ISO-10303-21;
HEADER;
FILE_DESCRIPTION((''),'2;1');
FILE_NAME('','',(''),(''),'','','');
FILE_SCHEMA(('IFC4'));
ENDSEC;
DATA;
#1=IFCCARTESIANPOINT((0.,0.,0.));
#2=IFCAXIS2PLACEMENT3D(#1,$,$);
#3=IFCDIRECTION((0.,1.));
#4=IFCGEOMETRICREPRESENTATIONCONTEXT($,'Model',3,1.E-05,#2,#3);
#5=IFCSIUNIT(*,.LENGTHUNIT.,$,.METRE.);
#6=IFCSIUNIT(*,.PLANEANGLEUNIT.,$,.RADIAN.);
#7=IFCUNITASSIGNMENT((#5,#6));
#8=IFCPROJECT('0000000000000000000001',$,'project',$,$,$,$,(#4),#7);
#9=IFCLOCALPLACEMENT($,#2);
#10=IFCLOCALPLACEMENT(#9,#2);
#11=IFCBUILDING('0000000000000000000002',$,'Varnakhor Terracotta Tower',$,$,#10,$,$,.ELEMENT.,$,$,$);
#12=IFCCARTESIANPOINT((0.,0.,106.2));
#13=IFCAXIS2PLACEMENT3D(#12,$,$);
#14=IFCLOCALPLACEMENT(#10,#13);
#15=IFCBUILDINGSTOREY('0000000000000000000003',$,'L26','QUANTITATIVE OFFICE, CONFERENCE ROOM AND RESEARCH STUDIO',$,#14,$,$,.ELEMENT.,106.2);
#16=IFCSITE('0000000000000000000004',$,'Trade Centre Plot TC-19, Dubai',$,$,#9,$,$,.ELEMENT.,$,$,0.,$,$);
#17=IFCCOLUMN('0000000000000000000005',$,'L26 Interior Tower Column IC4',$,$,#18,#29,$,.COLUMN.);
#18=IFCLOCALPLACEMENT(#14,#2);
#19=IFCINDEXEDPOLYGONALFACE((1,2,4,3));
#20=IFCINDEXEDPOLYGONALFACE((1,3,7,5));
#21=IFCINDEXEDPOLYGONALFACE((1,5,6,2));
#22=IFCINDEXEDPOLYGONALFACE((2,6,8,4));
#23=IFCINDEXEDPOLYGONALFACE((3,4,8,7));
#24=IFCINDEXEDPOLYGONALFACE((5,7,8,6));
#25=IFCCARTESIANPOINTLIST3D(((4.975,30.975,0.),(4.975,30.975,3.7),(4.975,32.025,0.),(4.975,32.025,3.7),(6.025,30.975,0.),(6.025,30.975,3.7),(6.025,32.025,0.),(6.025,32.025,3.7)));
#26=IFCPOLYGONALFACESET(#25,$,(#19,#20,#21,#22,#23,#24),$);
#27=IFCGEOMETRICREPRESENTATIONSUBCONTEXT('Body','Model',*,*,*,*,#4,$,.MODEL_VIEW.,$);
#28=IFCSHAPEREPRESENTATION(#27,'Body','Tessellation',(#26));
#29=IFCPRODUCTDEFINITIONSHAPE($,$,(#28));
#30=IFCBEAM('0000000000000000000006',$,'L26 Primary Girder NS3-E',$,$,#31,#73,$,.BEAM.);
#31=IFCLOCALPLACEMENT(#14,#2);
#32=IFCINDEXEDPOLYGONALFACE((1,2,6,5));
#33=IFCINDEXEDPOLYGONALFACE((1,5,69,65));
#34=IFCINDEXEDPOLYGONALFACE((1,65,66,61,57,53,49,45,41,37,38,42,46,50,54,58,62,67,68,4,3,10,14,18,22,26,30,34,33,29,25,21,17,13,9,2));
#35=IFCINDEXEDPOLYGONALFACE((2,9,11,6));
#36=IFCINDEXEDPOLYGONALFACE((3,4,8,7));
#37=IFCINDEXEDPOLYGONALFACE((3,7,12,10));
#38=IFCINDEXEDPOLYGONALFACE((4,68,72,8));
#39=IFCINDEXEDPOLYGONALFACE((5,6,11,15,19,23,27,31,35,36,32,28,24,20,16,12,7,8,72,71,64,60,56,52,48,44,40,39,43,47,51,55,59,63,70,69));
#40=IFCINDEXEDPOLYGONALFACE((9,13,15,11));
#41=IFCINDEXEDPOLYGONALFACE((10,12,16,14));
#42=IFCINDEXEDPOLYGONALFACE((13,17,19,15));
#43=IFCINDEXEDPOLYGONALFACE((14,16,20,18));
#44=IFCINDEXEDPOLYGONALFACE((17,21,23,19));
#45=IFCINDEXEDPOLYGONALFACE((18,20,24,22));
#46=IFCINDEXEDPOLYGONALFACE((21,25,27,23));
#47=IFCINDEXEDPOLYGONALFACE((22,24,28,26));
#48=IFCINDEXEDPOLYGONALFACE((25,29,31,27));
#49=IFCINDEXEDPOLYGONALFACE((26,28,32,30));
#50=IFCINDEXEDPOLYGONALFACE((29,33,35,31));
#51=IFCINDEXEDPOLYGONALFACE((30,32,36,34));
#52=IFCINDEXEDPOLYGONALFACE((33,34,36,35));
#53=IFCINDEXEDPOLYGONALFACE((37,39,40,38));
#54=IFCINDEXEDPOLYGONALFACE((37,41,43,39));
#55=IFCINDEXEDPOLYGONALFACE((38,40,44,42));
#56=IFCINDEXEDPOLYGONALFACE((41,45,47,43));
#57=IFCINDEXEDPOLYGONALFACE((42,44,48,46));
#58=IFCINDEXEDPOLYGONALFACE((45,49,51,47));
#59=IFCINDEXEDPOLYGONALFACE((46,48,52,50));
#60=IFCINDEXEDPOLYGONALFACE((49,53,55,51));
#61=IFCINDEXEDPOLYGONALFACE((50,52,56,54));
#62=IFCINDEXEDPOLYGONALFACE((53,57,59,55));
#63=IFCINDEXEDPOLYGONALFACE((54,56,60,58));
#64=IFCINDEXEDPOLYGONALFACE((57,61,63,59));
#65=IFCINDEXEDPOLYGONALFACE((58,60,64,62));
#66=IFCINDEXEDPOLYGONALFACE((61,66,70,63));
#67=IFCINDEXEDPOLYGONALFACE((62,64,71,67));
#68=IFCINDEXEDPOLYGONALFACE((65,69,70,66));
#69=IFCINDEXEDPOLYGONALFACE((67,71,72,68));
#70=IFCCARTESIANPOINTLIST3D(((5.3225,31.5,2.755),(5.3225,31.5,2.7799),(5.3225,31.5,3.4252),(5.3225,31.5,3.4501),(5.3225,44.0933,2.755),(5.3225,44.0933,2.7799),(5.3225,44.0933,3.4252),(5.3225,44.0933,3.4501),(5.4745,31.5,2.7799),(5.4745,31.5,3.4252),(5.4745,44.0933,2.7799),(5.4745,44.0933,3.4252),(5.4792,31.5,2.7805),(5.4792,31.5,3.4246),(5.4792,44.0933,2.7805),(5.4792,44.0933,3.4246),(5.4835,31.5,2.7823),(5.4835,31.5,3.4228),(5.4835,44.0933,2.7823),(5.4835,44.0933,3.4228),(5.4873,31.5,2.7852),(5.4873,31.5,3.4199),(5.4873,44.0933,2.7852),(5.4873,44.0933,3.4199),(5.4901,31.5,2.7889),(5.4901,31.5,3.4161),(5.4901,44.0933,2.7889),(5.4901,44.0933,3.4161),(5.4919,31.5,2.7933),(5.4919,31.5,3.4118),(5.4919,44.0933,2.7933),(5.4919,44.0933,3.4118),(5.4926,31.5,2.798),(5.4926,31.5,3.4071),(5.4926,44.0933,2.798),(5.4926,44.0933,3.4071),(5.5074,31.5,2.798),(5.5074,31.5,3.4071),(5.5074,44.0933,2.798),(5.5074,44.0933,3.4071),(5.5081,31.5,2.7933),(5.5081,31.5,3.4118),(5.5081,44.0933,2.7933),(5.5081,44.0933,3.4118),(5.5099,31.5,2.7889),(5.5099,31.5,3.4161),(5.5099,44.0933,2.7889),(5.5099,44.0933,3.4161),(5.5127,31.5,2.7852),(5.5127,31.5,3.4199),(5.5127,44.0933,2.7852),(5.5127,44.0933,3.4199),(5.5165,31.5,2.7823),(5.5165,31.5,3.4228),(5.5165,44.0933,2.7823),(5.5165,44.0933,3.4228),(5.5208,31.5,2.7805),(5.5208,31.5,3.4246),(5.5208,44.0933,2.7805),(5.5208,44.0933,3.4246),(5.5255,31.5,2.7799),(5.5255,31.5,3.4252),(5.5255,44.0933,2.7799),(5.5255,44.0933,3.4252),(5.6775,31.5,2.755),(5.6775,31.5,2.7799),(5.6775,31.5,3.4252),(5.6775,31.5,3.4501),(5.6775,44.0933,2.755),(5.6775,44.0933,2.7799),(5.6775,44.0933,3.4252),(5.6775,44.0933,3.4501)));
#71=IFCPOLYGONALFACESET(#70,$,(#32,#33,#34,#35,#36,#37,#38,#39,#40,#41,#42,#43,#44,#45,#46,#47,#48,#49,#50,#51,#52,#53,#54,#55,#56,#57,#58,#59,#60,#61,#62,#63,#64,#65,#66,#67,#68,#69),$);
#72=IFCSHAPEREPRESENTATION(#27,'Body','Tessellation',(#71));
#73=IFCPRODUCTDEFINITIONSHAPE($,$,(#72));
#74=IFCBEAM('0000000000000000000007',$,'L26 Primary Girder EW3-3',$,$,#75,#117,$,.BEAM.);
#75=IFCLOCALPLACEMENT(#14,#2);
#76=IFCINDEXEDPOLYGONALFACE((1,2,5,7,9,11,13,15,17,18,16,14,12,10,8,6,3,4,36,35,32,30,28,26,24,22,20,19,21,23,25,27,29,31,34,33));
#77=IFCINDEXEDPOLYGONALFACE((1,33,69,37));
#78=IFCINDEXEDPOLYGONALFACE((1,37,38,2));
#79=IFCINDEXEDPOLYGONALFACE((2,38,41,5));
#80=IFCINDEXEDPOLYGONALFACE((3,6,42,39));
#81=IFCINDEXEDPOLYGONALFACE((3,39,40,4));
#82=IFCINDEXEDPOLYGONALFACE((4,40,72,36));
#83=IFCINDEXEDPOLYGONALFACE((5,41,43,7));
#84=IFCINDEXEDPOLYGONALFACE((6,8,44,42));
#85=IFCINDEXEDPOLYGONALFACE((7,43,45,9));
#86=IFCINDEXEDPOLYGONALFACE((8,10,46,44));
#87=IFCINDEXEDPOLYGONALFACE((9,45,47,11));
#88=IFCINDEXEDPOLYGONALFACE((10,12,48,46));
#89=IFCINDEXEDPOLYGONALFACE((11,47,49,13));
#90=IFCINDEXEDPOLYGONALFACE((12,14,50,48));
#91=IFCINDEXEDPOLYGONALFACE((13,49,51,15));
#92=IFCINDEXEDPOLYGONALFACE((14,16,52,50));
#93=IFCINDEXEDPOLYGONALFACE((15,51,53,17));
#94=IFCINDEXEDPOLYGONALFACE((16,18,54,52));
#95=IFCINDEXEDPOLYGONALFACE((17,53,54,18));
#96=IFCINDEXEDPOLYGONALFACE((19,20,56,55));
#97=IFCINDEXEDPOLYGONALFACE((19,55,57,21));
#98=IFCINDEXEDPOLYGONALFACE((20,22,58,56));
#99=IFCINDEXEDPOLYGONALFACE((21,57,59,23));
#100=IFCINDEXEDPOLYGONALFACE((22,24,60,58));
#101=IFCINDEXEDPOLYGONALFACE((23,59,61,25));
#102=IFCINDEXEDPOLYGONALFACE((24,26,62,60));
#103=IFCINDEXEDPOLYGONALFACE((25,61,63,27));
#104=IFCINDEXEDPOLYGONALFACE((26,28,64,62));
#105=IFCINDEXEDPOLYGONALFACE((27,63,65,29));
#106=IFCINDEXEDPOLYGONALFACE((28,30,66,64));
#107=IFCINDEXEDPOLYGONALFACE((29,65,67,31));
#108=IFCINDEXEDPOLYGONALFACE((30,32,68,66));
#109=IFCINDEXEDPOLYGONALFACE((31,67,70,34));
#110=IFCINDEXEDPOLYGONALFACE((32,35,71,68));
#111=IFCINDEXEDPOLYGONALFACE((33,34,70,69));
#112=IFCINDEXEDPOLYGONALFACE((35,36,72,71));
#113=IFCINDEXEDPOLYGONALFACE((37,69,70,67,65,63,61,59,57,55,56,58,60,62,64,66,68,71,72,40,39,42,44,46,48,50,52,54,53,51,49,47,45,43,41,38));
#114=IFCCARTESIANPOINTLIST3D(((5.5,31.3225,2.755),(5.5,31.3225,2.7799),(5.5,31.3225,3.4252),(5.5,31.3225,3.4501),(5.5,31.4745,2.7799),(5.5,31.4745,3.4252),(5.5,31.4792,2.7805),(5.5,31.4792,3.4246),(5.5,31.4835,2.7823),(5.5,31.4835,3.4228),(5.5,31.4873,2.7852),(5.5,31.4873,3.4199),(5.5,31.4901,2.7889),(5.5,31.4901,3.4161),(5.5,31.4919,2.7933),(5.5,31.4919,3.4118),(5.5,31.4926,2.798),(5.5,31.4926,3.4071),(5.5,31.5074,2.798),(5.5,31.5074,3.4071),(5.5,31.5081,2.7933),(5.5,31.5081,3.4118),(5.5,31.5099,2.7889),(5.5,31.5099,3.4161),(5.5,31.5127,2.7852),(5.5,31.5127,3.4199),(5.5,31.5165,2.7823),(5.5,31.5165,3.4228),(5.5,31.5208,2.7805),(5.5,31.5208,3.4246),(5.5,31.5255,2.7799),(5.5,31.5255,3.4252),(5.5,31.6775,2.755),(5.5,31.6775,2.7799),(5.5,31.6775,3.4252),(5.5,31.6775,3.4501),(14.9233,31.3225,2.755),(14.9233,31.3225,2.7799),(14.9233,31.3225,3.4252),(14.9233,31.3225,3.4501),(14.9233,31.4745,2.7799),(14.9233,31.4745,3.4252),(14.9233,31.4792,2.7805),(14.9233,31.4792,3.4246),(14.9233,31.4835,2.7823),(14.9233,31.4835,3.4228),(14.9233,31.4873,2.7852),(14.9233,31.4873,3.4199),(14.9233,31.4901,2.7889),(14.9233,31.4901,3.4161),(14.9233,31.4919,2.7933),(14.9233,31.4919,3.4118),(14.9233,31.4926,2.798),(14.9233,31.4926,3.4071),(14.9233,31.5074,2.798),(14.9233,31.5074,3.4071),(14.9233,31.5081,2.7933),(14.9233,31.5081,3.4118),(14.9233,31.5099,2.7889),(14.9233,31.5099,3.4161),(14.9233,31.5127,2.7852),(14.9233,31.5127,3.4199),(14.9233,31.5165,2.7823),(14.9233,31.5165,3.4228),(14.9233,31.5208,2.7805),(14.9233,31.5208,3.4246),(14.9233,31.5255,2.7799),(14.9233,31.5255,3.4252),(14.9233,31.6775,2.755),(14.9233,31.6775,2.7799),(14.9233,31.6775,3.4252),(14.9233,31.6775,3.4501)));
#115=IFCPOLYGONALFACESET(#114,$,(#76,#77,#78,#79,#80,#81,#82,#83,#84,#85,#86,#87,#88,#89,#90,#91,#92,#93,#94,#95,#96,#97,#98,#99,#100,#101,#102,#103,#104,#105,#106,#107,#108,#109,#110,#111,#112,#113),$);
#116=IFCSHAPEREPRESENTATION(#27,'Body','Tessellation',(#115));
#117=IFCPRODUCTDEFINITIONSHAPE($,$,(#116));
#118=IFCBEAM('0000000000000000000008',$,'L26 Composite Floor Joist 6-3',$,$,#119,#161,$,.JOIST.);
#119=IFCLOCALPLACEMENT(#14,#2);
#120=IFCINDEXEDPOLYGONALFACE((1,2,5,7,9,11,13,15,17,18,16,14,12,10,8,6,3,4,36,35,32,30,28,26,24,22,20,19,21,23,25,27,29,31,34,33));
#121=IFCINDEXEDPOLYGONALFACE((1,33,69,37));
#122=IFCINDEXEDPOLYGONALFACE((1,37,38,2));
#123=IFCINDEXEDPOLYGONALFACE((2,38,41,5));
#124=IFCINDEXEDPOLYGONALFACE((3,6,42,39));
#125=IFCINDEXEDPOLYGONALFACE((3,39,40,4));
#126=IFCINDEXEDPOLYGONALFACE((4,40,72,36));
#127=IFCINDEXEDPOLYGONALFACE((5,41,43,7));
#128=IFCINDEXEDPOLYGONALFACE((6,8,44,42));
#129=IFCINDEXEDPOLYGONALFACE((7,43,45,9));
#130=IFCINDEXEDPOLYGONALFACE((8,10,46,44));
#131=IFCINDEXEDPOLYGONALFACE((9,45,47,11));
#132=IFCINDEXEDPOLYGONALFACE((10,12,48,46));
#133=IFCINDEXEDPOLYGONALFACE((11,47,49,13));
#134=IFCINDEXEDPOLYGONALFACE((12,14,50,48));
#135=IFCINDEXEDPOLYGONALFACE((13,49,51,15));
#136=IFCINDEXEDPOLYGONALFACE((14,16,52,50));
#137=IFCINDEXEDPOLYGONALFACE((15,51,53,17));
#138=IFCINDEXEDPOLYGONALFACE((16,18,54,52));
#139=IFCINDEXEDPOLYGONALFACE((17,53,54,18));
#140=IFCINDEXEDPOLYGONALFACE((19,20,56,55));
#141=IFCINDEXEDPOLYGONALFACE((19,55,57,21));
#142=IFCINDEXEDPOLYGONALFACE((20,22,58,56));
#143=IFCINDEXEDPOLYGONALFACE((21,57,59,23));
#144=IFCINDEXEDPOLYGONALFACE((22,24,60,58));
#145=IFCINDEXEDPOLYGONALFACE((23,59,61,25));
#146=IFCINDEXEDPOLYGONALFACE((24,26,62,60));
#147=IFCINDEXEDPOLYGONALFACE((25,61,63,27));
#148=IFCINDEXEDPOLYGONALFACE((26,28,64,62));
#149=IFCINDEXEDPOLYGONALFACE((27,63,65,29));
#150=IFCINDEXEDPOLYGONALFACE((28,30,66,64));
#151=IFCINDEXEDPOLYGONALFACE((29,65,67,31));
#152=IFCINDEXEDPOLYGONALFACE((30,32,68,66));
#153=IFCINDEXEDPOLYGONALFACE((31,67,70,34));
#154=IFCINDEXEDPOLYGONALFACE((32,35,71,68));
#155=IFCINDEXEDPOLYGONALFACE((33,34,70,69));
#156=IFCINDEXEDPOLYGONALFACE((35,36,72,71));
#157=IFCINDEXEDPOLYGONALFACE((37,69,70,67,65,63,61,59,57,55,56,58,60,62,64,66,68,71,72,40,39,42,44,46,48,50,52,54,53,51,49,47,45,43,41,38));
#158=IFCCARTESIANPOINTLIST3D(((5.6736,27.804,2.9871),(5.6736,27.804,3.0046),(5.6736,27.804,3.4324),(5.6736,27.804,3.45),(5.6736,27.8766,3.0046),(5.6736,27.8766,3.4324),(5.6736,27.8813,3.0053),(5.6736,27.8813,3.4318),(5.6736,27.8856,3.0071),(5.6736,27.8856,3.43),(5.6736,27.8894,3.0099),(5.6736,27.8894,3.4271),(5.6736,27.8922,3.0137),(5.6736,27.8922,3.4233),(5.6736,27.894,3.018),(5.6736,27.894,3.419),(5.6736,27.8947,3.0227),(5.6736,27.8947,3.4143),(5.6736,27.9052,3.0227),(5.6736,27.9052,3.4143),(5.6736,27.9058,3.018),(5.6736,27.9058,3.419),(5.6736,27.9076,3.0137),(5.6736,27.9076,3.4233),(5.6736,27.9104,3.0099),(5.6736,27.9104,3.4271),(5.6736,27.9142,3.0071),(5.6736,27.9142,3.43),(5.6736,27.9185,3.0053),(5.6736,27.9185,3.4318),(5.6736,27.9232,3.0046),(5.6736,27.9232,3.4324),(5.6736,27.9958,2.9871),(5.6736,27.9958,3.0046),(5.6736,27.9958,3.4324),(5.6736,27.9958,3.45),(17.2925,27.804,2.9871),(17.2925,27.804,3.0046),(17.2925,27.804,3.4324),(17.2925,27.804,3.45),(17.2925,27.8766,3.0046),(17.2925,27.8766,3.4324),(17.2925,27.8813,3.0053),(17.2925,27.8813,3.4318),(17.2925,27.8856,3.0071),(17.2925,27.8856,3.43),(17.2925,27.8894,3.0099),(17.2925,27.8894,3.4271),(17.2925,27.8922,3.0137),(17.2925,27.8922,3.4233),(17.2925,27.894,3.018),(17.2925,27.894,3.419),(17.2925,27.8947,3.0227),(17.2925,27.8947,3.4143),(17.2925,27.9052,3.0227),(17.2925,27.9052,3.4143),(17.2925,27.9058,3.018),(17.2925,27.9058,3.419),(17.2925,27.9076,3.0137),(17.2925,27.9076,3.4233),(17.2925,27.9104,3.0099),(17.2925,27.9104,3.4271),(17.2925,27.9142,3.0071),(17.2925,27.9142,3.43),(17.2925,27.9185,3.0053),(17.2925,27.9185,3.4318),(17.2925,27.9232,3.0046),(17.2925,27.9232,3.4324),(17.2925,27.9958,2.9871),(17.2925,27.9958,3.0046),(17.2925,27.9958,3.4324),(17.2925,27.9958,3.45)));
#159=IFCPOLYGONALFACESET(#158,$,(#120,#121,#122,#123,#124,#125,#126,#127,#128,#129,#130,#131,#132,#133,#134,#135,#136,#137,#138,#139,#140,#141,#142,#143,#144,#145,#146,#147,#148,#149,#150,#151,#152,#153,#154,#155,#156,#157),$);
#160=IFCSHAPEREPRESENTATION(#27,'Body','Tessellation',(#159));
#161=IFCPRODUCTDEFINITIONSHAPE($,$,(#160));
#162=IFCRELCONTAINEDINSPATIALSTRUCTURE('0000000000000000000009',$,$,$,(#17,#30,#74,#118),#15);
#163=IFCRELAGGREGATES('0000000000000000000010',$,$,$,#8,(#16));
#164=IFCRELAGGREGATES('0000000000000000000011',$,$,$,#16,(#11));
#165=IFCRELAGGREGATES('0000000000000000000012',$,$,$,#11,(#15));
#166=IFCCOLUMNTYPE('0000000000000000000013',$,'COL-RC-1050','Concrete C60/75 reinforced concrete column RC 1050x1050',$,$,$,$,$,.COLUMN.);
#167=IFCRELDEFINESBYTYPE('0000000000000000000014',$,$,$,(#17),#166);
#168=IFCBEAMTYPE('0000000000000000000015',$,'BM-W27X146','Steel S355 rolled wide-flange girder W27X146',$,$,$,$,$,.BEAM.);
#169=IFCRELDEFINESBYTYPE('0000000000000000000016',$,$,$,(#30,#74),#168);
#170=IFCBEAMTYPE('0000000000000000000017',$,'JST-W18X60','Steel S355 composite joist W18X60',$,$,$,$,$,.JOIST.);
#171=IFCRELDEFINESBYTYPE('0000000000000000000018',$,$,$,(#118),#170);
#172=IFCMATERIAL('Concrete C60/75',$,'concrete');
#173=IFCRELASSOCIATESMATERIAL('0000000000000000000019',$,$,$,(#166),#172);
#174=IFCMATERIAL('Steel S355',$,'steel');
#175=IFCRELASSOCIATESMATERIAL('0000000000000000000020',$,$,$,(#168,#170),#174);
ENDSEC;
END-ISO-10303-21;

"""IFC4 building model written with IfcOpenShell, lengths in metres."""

from ifc_helpers import new_model, si_unit, direction, frame, origin, origin_2d, place, context, subcontext, project, spatial, rectangle, i_section, extrude, source, transform, mapped, material, material_profile, profile_set, type_object, element, save


model = new_model("IFC4")

# Units and contexts
model_context = context("Model", 3, precision=1e-05, world=origin(), true_north=direction((0.0, 1.0)))
body_context = subcontext(model_context, "Body", "Model", "MODEL_VIEW")
ifc_project = project(units=[si_unit("LENGTHUNIT", "METRE"), si_unit("PLANEANGLEUNIT", "RADIAN")], contexts=[model_context])

# Site, building, storey
site_placement = place(None, origin())
site = spatial("IfcSite", under=ifc_project, at=site_placement, Name="Trade Centre Plot TC-19, Dubai", CompositionType="ELEMENT", RefElevation=0.0)
building_placement = place(site_placement, origin())
building = spatial("IfcBuilding", under=site, at=building_placement, Name="Varnakhor Terracotta Tower", CompositionType="ELEMENT")
storey_placement = place(building_placement, frame((0.0, 0.0, 106.2)))
storey = spatial("IfcBuildingStorey", under=building, at=storey_placement, Name="L26", Description="QUANTITATIVE OFFICE, CONFERENCE ROOM AND RESEARCH STUDIO", CompositionType="ELEMENT", Elevation=106.2)

# Column
ifc_material_1 = material(Name="Concrete C60/75", Category="concrete")
ifc_material_profile_1 = material_profile(ifc_material_1, rectangle(XDim=1.05, YDim=1.05, at=origin_2d()), Name="RC 1050x1050")
ifc_profile_set_1 = profile_set([ifc_material_profile_1], Name="Concrete C60/75")
column_type = type_object("IfcColumnType", Name="COL-RC-1050", Description="Concrete C60/75 reinforced concrete column RC 1050x1050", PredefinedType="COLUMN", material=ifc_profile_set_1)
shared_shape_1 = source(origin(), body_context, "Body", "SweptSolid", [
    extrude(rectangle(XDim=1.05, YDim=1.05, at=origin_2d()), origin(), (0.0, 0.0, 1.0), 3.7),
])
column_placement = place(storey_placement, frame((5.5, 31.5, 0.0), z_axis=(0.0, 0.0, 1.0), x_axis=(1.0, 0.0, 0.0)))
element("IfcColumn", 1, at=column_placement, inside=storey, type_object=column_type, Name="L26 Interior Tower Column IC4", PredefinedType="COLUMN", context=body_context, shape_type="MappedRepresentation", body=[
    mapped(shared_shape_1, transform((0.0, 0.0, 0.0), scale=1.0)),
])

# Beams
ifc_material_2 = material(Name="Steel S355", Category="steel")
ifc_material_profile_2 = material_profile(ifc_material_2, i_section(OverallWidth=0.355, OverallDepth=0.6951, WebThickness=0.0149, FlangeThickness=0.0249, FilletRadius=0.0181, at=origin_2d()), Name="W27X146")
ifc_profile_set_2 = profile_set([ifc_material_profile_2], Name="Steel S355")
beam_type_1 = type_object("IfcBeamType", Name="BM-W27X146", Description="Steel S355 rolled wide-flange girder W27X146", PredefinedType="BEAM", material=ifc_profile_set_2)
shared_shape_2 = source(origin(), body_context, "Body", "SweptSolid", [
    extrude(i_section(OverallWidth=0.355, OverallDepth=0.6951, WebThickness=0.0149, FlangeThickness=0.0249, FilletRadius=0.0181, at=origin_2d()), origin(), (0.0, 0.0, 1.0), 12.5933),
])
beam_1_placement = place(storey_placement, frame((5.5, 31.5, 3.1025), z_axis=(0.0, 1.0, 0.0), x_axis=(-1.0, 0.0, 0.0)))
element("IfcBeam", 2, at=beam_1_placement, inside=storey, type_object=beam_type_1, Name="L26 Primary Girder NS3-E", PredefinedType="BEAM", context=body_context, shape_type="MappedRepresentation", body=[
    mapped(shared_shape_2, transform((0.0, 0.0, 0.0), scale=1.0)),
])
shared_shape_3 = source(origin(), body_context, "Body", "SweptSolid", [
    extrude(i_section(OverallWidth=0.355, OverallDepth=0.6951, WebThickness=0.0149, FlangeThickness=0.0249, FilletRadius=0.0181, at=origin_2d()), origin(), (0.0, 0.0, 1.0), 9.4233),
])
beam_2_placement = place(storey_placement, frame((5.5, 31.5, 3.1025), z_axis=(1.0, 0.0, 0.0), x_axis=(0.0, 1.0, 0.0)))
element("IfcBeam", 3, at=beam_2_placement, inside=storey, type_object=beam_type_1, Name="L26 Primary Girder EW3-3", PredefinedType="BEAM", context=body_context, shape_type="MappedRepresentation", body=[
    mapped(shared_shape_3, transform((0.0, 0.0, 0.0), scale=1.0)),
])
ifc_material_profile_3 = material_profile(ifc_material_2, i_section(OverallWidth=0.1919, OverallDepth=0.4629, WebThickness=0.0105, FlangeThickness=0.0176, FilletRadius=0.0181, at=origin_2d()), Name="W18X60")
ifc_profile_set_3 = profile_set([ifc_material_profile_3], Name="Steel S355")
beam_type_2 = type_object("IfcBeamType", Name="JST-W18X60", Description="Steel S355 composite joist W18X60", PredefinedType="JOIST", material=ifc_profile_set_3)
shared_shape_4 = source(origin(), body_context, "Body", "SweptSolid", [
    extrude(i_section(OverallWidth=0.1919, OverallDepth=0.4629, WebThickness=0.0105, FlangeThickness=0.0176, FilletRadius=0.0181, at=origin_2d()), origin(), (0.0, 0.0, 1.0), 11.6189),
])
beam_3_placement = place(storey_placement, frame((5.6736, 27.8999, 3.2185), z_axis=(1.0, 0.0, 0.0), x_axis=(0.0, 1.0, 0.0)))
element("IfcBeam", 4, at=beam_3_placement, inside=storey, type_object=beam_type_2, Name="L26 Composite Floor Joist 6-3", PredefinedType="JOIST", context=body_context, shape_type="MappedRepresentation", body=[
    mapped(shared_shape_4, transform((0.0, 0.0, 0.0), scale=1.0)),
])

save(model, "model.ifc")
